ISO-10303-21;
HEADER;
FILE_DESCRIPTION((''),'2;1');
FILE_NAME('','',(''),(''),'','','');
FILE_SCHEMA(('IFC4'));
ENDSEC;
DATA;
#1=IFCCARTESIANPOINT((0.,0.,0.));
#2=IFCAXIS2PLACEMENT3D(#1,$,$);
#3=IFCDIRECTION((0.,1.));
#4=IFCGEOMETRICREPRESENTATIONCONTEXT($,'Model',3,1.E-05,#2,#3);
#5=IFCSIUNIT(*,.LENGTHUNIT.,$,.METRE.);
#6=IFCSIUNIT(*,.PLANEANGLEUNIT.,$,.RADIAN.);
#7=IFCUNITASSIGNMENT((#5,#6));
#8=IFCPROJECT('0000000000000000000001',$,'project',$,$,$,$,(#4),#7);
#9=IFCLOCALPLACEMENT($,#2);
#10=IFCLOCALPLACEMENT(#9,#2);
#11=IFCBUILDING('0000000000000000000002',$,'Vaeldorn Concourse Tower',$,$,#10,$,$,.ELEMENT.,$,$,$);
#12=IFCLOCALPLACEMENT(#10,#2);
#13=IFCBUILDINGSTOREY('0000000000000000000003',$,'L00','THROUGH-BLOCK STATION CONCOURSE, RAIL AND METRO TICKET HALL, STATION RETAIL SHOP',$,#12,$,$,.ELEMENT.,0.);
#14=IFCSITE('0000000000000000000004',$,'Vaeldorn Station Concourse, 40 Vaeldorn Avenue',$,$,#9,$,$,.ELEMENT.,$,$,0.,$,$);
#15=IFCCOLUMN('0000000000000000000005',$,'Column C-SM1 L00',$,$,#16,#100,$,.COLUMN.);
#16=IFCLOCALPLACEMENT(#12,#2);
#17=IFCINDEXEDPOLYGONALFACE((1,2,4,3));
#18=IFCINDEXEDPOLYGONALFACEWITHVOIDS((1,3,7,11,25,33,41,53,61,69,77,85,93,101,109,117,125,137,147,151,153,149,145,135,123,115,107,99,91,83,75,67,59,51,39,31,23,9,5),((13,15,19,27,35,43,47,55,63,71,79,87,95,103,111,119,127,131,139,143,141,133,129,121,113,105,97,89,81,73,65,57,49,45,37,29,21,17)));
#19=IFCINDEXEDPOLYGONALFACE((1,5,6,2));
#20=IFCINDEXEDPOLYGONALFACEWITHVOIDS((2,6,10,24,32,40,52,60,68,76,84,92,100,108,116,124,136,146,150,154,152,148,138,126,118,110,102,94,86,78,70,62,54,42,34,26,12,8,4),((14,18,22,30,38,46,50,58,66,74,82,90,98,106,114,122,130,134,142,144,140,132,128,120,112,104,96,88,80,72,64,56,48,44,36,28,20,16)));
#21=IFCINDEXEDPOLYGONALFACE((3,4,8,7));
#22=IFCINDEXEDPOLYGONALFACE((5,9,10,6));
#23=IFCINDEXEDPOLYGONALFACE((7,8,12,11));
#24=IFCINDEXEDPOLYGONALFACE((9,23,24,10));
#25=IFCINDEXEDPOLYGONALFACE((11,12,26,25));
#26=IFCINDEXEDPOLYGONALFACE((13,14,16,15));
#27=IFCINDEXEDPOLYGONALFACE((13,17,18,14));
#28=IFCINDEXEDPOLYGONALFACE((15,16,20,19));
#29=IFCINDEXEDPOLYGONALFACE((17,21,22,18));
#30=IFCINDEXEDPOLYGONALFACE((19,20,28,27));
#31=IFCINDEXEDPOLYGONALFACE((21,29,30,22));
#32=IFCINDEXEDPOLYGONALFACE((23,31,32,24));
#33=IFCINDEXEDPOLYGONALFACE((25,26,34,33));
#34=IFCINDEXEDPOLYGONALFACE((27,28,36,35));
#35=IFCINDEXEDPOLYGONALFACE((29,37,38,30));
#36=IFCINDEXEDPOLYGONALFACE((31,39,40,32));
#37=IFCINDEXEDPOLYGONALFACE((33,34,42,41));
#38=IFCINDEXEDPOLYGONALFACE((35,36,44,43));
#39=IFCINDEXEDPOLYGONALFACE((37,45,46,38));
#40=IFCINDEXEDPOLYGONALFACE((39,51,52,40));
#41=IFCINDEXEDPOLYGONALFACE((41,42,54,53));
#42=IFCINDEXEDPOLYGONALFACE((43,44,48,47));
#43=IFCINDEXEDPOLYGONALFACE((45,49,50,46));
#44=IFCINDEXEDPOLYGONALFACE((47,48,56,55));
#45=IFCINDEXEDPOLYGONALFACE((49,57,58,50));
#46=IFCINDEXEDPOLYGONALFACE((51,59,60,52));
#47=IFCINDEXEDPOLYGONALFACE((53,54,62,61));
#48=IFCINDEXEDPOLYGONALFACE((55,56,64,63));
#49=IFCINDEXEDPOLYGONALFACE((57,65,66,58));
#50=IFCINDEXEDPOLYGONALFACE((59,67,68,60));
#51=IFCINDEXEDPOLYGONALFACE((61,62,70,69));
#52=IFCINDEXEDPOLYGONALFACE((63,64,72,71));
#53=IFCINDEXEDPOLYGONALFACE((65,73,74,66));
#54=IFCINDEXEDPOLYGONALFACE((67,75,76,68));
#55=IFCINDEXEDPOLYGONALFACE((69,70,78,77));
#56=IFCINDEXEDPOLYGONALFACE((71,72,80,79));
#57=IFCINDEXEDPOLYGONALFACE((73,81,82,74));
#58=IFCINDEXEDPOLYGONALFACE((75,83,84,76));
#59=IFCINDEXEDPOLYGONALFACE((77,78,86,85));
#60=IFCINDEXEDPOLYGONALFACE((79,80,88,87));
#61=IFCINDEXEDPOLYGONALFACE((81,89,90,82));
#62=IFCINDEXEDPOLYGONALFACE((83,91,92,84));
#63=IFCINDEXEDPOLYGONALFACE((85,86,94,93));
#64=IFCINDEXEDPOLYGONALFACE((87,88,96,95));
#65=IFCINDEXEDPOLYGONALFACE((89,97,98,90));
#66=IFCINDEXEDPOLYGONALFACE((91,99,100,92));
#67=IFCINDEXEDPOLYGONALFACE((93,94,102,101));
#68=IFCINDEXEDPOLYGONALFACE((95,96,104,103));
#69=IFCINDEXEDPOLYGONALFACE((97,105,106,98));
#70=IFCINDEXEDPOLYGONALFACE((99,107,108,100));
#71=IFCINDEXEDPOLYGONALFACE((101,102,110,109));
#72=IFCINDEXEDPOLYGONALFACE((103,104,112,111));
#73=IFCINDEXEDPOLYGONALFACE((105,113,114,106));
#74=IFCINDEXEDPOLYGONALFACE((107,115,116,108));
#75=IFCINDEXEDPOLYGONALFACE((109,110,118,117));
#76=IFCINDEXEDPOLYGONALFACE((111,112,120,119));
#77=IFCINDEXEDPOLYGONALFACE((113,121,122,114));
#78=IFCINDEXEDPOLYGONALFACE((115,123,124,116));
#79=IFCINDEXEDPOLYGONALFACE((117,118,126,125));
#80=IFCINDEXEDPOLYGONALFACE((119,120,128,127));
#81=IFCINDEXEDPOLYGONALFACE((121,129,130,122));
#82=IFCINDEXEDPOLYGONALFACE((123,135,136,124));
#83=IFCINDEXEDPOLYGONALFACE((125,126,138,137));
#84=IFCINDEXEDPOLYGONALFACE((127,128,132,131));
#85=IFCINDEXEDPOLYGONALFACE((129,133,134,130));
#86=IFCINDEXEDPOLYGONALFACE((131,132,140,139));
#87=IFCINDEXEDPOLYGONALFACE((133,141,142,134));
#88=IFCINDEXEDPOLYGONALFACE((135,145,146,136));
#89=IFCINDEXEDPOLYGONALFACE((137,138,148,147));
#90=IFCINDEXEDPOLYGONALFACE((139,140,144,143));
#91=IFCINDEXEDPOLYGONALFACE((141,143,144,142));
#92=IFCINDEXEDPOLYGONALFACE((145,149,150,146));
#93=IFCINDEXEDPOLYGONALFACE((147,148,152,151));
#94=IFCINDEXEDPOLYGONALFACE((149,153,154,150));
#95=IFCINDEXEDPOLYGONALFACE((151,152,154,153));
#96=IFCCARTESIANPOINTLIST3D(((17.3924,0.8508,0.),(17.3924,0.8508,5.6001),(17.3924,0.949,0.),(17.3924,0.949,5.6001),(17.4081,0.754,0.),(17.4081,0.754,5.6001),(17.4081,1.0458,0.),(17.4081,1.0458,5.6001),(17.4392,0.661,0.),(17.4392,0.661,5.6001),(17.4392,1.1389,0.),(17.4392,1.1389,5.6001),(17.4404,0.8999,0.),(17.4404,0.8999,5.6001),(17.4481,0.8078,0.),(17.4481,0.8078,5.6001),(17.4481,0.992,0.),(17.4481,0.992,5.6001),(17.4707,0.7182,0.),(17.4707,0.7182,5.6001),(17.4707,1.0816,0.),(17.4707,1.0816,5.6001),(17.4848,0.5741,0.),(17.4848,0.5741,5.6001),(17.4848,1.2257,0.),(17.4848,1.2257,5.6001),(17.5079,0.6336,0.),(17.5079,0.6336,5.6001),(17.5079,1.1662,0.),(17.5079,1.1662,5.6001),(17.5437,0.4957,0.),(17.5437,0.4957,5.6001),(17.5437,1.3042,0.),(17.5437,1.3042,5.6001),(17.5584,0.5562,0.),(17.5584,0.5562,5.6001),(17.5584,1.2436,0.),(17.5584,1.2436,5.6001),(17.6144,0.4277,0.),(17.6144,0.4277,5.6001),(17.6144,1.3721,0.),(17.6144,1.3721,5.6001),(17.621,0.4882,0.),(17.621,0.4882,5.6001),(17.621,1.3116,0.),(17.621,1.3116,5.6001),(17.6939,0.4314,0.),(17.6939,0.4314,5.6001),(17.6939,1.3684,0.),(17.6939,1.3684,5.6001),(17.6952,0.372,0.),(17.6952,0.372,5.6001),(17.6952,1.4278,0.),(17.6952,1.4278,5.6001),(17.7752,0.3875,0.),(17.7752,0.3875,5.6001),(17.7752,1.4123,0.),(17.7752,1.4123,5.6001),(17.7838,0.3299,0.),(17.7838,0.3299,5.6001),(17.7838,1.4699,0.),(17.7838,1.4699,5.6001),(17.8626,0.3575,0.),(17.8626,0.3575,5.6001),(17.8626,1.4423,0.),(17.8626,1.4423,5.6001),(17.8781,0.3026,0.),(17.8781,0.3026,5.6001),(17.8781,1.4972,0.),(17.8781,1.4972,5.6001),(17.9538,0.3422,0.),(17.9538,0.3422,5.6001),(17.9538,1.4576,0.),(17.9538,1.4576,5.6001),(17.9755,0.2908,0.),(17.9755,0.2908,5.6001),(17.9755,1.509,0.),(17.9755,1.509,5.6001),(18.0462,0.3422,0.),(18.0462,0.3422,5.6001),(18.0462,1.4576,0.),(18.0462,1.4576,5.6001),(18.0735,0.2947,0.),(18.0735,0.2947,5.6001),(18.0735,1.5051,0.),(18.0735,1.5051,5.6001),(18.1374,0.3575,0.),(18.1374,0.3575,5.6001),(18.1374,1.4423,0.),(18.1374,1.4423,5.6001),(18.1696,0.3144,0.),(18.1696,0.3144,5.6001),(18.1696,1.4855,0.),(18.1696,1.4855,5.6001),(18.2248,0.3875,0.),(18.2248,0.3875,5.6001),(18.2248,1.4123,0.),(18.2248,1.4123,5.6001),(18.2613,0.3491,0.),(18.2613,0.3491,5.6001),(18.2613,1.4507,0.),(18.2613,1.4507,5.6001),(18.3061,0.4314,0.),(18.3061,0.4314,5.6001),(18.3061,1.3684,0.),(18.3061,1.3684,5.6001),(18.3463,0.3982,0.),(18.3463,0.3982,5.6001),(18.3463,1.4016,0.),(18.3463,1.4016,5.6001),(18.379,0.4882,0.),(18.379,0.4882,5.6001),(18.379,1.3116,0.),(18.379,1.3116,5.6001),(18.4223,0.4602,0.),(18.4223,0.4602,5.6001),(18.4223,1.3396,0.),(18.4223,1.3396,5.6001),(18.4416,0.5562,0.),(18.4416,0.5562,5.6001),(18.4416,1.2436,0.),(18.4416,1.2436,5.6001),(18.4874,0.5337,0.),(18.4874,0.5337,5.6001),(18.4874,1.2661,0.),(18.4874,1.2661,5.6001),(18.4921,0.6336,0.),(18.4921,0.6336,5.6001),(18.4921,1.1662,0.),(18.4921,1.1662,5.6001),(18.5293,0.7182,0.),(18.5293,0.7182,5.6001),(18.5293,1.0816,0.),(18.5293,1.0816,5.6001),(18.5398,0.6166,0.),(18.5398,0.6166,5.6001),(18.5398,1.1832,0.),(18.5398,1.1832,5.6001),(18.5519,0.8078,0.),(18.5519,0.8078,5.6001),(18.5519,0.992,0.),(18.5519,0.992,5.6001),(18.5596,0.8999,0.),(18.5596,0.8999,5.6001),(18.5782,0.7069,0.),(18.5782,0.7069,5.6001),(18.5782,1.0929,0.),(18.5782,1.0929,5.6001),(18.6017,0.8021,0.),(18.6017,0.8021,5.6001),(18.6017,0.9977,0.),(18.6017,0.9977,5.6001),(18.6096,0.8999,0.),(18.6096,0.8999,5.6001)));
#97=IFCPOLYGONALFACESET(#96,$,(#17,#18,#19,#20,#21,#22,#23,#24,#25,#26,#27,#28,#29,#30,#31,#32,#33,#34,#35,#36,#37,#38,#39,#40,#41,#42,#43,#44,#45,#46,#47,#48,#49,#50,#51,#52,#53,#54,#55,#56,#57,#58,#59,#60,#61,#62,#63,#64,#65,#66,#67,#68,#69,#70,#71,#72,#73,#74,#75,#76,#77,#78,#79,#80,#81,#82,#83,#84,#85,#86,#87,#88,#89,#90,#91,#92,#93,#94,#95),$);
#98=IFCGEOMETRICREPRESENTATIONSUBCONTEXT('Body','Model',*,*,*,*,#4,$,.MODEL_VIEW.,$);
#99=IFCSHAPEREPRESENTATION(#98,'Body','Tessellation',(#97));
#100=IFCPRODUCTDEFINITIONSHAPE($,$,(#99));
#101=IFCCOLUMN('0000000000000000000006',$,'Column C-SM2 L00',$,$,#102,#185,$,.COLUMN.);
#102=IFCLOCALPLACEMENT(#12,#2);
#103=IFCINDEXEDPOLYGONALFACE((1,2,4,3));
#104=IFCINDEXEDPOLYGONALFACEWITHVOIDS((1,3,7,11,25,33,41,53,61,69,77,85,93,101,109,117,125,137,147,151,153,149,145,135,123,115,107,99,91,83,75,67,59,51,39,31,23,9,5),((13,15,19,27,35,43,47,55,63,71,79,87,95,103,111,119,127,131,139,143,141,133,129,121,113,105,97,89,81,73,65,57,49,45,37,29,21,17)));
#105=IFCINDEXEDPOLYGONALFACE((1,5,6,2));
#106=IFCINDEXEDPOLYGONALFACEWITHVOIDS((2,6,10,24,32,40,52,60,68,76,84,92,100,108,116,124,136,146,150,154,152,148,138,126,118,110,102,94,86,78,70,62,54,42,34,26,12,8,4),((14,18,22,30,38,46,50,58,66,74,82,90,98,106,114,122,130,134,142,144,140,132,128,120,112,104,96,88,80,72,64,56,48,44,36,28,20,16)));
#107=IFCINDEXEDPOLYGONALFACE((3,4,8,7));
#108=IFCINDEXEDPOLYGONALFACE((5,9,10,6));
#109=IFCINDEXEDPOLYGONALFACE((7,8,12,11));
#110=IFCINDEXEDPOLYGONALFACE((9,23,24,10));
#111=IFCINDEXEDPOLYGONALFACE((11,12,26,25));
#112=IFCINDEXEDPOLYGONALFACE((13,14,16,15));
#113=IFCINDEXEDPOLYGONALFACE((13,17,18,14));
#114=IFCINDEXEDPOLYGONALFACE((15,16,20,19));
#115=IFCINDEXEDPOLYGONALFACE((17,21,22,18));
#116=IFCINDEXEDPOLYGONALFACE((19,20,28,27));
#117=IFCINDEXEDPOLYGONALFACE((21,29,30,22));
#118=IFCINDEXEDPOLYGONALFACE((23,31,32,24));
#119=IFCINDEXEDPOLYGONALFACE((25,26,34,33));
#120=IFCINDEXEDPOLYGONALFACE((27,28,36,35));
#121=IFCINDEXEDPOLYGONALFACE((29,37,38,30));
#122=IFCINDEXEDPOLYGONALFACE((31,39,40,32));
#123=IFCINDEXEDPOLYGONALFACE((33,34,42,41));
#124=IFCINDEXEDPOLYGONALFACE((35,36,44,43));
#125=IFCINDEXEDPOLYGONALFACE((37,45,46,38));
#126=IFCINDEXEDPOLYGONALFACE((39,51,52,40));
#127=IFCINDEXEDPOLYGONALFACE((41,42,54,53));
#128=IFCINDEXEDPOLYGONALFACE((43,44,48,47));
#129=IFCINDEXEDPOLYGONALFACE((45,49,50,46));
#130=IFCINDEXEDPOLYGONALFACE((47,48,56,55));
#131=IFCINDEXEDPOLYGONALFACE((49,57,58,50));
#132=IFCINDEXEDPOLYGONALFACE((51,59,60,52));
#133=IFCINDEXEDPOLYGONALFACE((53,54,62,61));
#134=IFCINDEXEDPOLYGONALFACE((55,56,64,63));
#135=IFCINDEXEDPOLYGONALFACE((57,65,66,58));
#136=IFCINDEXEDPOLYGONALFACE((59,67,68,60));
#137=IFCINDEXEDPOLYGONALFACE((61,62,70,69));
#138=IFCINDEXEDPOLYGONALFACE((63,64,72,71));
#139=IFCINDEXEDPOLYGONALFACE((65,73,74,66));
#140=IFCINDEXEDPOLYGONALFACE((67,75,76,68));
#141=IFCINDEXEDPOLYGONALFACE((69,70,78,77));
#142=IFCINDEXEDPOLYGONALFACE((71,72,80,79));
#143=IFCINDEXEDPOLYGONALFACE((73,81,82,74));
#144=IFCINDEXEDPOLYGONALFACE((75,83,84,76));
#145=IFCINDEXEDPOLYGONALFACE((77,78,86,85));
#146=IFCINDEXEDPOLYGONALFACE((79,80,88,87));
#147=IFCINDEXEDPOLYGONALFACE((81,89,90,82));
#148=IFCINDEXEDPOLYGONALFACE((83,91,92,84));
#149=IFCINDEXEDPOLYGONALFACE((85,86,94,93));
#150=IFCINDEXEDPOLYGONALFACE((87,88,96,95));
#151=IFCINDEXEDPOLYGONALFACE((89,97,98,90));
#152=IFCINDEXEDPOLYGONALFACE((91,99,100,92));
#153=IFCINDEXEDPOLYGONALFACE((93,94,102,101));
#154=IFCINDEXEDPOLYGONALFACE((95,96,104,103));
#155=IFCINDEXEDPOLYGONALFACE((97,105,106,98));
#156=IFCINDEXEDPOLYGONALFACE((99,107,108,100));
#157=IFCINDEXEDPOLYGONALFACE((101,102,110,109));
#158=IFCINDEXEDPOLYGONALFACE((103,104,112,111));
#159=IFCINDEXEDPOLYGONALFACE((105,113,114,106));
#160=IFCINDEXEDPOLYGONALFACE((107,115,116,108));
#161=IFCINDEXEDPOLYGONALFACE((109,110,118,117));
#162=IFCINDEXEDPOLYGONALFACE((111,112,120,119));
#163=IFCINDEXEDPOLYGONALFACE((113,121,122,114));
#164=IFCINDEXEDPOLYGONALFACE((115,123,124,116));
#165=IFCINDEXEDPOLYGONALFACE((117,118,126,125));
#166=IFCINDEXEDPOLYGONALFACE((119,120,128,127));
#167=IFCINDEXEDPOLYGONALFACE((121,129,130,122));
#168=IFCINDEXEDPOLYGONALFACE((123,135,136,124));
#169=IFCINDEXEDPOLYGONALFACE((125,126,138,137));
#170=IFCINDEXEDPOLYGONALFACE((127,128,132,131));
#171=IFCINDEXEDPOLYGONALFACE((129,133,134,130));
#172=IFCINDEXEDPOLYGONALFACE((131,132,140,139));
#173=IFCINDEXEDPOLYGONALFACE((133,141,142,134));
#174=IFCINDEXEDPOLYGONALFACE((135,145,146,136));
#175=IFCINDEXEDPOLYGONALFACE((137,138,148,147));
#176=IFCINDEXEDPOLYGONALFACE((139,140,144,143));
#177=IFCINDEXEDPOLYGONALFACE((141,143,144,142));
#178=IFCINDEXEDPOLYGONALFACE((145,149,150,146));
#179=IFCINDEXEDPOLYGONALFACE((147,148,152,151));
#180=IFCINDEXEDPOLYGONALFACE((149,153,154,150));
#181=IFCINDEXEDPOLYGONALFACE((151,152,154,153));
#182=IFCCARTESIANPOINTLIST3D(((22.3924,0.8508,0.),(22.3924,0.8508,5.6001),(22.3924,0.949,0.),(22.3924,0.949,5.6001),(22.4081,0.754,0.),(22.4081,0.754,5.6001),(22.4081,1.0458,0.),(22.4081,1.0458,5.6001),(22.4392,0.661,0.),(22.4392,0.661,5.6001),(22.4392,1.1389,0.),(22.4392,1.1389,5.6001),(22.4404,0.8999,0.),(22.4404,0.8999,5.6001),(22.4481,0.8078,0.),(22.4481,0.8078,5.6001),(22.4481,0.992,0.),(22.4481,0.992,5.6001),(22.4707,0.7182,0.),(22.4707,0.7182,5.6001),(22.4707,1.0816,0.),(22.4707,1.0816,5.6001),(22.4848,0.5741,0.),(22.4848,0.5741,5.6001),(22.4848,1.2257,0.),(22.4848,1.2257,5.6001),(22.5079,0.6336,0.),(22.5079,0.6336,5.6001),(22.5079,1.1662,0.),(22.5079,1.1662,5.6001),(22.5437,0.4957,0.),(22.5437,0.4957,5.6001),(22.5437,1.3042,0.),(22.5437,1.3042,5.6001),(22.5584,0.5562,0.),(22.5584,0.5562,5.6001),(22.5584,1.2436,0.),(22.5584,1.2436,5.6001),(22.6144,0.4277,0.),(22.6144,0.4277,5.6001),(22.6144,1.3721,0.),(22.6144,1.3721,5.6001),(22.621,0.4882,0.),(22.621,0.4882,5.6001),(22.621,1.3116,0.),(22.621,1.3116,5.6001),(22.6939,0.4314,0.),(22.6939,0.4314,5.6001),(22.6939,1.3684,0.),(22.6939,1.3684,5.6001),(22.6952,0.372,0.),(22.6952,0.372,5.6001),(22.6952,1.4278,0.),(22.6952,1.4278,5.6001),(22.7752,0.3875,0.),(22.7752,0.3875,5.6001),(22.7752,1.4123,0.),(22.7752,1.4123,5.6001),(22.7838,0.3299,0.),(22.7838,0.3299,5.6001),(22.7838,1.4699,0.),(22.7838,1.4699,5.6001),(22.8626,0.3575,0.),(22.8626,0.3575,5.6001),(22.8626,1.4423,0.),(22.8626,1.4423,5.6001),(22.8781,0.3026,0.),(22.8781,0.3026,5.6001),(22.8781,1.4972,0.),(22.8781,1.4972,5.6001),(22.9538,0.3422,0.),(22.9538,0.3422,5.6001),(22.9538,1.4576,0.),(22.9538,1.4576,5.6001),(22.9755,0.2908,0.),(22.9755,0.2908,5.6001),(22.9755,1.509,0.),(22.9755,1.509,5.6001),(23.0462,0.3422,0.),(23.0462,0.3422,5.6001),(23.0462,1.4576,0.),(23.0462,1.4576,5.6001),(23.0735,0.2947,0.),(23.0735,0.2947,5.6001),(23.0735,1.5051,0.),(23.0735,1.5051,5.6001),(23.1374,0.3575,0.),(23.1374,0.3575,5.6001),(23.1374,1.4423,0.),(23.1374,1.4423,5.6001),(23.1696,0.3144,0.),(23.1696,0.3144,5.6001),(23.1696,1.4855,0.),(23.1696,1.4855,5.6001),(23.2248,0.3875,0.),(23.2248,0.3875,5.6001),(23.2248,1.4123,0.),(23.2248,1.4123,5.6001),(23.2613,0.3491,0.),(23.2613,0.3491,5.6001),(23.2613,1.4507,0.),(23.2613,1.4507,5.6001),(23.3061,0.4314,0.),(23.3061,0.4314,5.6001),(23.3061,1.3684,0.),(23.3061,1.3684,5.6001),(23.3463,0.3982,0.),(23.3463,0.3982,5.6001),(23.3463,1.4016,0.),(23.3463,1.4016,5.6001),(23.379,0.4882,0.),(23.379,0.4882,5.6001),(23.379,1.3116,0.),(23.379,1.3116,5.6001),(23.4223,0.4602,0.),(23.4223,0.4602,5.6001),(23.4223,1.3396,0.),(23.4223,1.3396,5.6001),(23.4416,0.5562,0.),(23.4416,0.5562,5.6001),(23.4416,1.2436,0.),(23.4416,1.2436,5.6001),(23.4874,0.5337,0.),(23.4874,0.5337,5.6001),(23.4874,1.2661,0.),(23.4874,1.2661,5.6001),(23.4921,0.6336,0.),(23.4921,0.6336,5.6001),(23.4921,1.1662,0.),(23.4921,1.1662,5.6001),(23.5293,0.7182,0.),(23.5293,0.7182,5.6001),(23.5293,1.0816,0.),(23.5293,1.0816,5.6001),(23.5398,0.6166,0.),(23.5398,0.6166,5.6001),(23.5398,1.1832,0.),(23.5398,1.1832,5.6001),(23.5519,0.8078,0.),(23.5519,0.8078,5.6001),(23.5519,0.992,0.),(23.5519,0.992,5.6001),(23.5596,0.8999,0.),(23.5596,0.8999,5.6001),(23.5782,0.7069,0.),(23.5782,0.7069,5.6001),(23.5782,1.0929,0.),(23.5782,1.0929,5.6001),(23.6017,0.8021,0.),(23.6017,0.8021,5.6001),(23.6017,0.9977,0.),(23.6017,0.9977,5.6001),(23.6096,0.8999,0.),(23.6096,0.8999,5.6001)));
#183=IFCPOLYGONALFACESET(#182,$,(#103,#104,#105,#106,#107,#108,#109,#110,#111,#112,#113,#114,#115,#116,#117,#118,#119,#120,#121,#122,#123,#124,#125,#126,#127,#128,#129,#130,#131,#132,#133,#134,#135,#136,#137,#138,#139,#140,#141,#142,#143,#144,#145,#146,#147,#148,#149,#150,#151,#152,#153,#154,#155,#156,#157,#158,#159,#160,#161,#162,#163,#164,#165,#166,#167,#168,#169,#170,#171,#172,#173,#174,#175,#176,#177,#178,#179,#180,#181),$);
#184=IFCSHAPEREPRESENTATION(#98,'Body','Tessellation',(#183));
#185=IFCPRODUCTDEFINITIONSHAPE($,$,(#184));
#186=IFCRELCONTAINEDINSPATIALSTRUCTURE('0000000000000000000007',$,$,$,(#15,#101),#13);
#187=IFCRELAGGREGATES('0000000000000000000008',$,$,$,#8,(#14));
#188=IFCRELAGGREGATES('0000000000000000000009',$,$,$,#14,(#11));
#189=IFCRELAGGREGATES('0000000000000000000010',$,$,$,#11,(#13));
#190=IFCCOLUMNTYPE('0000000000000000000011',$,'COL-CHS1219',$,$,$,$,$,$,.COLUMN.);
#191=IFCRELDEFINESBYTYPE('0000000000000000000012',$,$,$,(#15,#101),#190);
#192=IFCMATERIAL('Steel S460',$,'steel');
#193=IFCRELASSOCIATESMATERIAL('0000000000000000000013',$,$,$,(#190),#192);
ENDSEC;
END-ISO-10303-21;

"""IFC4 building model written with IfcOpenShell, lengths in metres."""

from ifc_helpers import new_model, si_unit, direction, frame, origin, origin_2d, place, context, subcontext, project, spatial, hollow_circle, extrude, source, transform, mapped, material, material_profile, profile_set, type_object, element, save


model = new_model("IFC4")

# Units and contexts
model_context = context("Model", 3, precision=1e-05, world=origin(), true_north=direction((0.0, 1.0)))
body_context = subcontext(model_context, "Body", "Model", "MODEL_VIEW")
ifc_project = project(units=[si_unit("LENGTHUNIT", "METRE"), si_unit("PLANEANGLEUNIT", "RADIAN")], contexts=[model_context])

# Site, building, storey
site_placement = place(None, origin())
site = spatial("IfcSite", under=ifc_project, at=site_placement, Name="Vaeldorn Station Concourse, 40 Vaeldorn Avenue", CompositionType="ELEMENT", RefElevation=0.0)
building_placement = place(site_placement, origin())
building = spatial("IfcBuilding", under=site, at=building_placement, Name="Vaeldorn Concourse Tower", CompositionType="ELEMENT")
storey_placement = place(building_placement, origin())
storey = spatial("IfcBuildingStorey", under=building, at=storey_placement, Name="L00", Description="THROUGH-BLOCK STATION CONCOURSE, RAIL AND METRO TICKET HALL, STATION RETAIL SHOP", CompositionType="ELEMENT", Elevation=0.0)

# Columns
ifc_material_1 = material(Name="Steel S460", Category="steel")
ifc_material_profile_1 = material_profile(ifc_material_1, hollow_circle(Radius=0.6096, WallThickness=0.05, at=origin_2d()), Name="CHS 1219x50")
ifc_profile_set_1 = profile_set([ifc_material_profile_1], Name="Steel S460")
column_type_1 = type_object("IfcColumnType", Name="COL-CHS1219", PredefinedType="COLUMN", material=ifc_profile_set_1)
shared_shape_1 = source(origin(), body_context, "Body", "SweptSolid", [
    extrude(hollow_circle(Radius=0.6096, WallThickness=0.05, at=origin_2d()), origin(), (0.0, 0.0, 1.0), 5.6001),
])
for number, where, z_axis, x_axis, name in (
    (1, (18.0, 0.8999, 0.0), (0.0, 0.0, 1.0), (1.0, 0.0, 0.0), "Column C-SM1 L00"),
    (2, (23.0, 0.8999, 0.0), (0.0, 0.0, 1.0), (1.0, 0.0, 0.0), "Column C-SM2 L00"),
):
    element("IfcColumn", number, at=place(storey_placement, frame(where, z_axis=z_axis, x_axis=x_axis)), inside=storey, type_object=column_type_1, Name=name, PredefinedType="COLUMN", context=body_context, shape_type="MappedRepresentation", body=[
        mapped(shared_shape_1, transform((0.0, 0.0, 0.0), scale=1.0)),
    ])

save(model, "model.ifc")
